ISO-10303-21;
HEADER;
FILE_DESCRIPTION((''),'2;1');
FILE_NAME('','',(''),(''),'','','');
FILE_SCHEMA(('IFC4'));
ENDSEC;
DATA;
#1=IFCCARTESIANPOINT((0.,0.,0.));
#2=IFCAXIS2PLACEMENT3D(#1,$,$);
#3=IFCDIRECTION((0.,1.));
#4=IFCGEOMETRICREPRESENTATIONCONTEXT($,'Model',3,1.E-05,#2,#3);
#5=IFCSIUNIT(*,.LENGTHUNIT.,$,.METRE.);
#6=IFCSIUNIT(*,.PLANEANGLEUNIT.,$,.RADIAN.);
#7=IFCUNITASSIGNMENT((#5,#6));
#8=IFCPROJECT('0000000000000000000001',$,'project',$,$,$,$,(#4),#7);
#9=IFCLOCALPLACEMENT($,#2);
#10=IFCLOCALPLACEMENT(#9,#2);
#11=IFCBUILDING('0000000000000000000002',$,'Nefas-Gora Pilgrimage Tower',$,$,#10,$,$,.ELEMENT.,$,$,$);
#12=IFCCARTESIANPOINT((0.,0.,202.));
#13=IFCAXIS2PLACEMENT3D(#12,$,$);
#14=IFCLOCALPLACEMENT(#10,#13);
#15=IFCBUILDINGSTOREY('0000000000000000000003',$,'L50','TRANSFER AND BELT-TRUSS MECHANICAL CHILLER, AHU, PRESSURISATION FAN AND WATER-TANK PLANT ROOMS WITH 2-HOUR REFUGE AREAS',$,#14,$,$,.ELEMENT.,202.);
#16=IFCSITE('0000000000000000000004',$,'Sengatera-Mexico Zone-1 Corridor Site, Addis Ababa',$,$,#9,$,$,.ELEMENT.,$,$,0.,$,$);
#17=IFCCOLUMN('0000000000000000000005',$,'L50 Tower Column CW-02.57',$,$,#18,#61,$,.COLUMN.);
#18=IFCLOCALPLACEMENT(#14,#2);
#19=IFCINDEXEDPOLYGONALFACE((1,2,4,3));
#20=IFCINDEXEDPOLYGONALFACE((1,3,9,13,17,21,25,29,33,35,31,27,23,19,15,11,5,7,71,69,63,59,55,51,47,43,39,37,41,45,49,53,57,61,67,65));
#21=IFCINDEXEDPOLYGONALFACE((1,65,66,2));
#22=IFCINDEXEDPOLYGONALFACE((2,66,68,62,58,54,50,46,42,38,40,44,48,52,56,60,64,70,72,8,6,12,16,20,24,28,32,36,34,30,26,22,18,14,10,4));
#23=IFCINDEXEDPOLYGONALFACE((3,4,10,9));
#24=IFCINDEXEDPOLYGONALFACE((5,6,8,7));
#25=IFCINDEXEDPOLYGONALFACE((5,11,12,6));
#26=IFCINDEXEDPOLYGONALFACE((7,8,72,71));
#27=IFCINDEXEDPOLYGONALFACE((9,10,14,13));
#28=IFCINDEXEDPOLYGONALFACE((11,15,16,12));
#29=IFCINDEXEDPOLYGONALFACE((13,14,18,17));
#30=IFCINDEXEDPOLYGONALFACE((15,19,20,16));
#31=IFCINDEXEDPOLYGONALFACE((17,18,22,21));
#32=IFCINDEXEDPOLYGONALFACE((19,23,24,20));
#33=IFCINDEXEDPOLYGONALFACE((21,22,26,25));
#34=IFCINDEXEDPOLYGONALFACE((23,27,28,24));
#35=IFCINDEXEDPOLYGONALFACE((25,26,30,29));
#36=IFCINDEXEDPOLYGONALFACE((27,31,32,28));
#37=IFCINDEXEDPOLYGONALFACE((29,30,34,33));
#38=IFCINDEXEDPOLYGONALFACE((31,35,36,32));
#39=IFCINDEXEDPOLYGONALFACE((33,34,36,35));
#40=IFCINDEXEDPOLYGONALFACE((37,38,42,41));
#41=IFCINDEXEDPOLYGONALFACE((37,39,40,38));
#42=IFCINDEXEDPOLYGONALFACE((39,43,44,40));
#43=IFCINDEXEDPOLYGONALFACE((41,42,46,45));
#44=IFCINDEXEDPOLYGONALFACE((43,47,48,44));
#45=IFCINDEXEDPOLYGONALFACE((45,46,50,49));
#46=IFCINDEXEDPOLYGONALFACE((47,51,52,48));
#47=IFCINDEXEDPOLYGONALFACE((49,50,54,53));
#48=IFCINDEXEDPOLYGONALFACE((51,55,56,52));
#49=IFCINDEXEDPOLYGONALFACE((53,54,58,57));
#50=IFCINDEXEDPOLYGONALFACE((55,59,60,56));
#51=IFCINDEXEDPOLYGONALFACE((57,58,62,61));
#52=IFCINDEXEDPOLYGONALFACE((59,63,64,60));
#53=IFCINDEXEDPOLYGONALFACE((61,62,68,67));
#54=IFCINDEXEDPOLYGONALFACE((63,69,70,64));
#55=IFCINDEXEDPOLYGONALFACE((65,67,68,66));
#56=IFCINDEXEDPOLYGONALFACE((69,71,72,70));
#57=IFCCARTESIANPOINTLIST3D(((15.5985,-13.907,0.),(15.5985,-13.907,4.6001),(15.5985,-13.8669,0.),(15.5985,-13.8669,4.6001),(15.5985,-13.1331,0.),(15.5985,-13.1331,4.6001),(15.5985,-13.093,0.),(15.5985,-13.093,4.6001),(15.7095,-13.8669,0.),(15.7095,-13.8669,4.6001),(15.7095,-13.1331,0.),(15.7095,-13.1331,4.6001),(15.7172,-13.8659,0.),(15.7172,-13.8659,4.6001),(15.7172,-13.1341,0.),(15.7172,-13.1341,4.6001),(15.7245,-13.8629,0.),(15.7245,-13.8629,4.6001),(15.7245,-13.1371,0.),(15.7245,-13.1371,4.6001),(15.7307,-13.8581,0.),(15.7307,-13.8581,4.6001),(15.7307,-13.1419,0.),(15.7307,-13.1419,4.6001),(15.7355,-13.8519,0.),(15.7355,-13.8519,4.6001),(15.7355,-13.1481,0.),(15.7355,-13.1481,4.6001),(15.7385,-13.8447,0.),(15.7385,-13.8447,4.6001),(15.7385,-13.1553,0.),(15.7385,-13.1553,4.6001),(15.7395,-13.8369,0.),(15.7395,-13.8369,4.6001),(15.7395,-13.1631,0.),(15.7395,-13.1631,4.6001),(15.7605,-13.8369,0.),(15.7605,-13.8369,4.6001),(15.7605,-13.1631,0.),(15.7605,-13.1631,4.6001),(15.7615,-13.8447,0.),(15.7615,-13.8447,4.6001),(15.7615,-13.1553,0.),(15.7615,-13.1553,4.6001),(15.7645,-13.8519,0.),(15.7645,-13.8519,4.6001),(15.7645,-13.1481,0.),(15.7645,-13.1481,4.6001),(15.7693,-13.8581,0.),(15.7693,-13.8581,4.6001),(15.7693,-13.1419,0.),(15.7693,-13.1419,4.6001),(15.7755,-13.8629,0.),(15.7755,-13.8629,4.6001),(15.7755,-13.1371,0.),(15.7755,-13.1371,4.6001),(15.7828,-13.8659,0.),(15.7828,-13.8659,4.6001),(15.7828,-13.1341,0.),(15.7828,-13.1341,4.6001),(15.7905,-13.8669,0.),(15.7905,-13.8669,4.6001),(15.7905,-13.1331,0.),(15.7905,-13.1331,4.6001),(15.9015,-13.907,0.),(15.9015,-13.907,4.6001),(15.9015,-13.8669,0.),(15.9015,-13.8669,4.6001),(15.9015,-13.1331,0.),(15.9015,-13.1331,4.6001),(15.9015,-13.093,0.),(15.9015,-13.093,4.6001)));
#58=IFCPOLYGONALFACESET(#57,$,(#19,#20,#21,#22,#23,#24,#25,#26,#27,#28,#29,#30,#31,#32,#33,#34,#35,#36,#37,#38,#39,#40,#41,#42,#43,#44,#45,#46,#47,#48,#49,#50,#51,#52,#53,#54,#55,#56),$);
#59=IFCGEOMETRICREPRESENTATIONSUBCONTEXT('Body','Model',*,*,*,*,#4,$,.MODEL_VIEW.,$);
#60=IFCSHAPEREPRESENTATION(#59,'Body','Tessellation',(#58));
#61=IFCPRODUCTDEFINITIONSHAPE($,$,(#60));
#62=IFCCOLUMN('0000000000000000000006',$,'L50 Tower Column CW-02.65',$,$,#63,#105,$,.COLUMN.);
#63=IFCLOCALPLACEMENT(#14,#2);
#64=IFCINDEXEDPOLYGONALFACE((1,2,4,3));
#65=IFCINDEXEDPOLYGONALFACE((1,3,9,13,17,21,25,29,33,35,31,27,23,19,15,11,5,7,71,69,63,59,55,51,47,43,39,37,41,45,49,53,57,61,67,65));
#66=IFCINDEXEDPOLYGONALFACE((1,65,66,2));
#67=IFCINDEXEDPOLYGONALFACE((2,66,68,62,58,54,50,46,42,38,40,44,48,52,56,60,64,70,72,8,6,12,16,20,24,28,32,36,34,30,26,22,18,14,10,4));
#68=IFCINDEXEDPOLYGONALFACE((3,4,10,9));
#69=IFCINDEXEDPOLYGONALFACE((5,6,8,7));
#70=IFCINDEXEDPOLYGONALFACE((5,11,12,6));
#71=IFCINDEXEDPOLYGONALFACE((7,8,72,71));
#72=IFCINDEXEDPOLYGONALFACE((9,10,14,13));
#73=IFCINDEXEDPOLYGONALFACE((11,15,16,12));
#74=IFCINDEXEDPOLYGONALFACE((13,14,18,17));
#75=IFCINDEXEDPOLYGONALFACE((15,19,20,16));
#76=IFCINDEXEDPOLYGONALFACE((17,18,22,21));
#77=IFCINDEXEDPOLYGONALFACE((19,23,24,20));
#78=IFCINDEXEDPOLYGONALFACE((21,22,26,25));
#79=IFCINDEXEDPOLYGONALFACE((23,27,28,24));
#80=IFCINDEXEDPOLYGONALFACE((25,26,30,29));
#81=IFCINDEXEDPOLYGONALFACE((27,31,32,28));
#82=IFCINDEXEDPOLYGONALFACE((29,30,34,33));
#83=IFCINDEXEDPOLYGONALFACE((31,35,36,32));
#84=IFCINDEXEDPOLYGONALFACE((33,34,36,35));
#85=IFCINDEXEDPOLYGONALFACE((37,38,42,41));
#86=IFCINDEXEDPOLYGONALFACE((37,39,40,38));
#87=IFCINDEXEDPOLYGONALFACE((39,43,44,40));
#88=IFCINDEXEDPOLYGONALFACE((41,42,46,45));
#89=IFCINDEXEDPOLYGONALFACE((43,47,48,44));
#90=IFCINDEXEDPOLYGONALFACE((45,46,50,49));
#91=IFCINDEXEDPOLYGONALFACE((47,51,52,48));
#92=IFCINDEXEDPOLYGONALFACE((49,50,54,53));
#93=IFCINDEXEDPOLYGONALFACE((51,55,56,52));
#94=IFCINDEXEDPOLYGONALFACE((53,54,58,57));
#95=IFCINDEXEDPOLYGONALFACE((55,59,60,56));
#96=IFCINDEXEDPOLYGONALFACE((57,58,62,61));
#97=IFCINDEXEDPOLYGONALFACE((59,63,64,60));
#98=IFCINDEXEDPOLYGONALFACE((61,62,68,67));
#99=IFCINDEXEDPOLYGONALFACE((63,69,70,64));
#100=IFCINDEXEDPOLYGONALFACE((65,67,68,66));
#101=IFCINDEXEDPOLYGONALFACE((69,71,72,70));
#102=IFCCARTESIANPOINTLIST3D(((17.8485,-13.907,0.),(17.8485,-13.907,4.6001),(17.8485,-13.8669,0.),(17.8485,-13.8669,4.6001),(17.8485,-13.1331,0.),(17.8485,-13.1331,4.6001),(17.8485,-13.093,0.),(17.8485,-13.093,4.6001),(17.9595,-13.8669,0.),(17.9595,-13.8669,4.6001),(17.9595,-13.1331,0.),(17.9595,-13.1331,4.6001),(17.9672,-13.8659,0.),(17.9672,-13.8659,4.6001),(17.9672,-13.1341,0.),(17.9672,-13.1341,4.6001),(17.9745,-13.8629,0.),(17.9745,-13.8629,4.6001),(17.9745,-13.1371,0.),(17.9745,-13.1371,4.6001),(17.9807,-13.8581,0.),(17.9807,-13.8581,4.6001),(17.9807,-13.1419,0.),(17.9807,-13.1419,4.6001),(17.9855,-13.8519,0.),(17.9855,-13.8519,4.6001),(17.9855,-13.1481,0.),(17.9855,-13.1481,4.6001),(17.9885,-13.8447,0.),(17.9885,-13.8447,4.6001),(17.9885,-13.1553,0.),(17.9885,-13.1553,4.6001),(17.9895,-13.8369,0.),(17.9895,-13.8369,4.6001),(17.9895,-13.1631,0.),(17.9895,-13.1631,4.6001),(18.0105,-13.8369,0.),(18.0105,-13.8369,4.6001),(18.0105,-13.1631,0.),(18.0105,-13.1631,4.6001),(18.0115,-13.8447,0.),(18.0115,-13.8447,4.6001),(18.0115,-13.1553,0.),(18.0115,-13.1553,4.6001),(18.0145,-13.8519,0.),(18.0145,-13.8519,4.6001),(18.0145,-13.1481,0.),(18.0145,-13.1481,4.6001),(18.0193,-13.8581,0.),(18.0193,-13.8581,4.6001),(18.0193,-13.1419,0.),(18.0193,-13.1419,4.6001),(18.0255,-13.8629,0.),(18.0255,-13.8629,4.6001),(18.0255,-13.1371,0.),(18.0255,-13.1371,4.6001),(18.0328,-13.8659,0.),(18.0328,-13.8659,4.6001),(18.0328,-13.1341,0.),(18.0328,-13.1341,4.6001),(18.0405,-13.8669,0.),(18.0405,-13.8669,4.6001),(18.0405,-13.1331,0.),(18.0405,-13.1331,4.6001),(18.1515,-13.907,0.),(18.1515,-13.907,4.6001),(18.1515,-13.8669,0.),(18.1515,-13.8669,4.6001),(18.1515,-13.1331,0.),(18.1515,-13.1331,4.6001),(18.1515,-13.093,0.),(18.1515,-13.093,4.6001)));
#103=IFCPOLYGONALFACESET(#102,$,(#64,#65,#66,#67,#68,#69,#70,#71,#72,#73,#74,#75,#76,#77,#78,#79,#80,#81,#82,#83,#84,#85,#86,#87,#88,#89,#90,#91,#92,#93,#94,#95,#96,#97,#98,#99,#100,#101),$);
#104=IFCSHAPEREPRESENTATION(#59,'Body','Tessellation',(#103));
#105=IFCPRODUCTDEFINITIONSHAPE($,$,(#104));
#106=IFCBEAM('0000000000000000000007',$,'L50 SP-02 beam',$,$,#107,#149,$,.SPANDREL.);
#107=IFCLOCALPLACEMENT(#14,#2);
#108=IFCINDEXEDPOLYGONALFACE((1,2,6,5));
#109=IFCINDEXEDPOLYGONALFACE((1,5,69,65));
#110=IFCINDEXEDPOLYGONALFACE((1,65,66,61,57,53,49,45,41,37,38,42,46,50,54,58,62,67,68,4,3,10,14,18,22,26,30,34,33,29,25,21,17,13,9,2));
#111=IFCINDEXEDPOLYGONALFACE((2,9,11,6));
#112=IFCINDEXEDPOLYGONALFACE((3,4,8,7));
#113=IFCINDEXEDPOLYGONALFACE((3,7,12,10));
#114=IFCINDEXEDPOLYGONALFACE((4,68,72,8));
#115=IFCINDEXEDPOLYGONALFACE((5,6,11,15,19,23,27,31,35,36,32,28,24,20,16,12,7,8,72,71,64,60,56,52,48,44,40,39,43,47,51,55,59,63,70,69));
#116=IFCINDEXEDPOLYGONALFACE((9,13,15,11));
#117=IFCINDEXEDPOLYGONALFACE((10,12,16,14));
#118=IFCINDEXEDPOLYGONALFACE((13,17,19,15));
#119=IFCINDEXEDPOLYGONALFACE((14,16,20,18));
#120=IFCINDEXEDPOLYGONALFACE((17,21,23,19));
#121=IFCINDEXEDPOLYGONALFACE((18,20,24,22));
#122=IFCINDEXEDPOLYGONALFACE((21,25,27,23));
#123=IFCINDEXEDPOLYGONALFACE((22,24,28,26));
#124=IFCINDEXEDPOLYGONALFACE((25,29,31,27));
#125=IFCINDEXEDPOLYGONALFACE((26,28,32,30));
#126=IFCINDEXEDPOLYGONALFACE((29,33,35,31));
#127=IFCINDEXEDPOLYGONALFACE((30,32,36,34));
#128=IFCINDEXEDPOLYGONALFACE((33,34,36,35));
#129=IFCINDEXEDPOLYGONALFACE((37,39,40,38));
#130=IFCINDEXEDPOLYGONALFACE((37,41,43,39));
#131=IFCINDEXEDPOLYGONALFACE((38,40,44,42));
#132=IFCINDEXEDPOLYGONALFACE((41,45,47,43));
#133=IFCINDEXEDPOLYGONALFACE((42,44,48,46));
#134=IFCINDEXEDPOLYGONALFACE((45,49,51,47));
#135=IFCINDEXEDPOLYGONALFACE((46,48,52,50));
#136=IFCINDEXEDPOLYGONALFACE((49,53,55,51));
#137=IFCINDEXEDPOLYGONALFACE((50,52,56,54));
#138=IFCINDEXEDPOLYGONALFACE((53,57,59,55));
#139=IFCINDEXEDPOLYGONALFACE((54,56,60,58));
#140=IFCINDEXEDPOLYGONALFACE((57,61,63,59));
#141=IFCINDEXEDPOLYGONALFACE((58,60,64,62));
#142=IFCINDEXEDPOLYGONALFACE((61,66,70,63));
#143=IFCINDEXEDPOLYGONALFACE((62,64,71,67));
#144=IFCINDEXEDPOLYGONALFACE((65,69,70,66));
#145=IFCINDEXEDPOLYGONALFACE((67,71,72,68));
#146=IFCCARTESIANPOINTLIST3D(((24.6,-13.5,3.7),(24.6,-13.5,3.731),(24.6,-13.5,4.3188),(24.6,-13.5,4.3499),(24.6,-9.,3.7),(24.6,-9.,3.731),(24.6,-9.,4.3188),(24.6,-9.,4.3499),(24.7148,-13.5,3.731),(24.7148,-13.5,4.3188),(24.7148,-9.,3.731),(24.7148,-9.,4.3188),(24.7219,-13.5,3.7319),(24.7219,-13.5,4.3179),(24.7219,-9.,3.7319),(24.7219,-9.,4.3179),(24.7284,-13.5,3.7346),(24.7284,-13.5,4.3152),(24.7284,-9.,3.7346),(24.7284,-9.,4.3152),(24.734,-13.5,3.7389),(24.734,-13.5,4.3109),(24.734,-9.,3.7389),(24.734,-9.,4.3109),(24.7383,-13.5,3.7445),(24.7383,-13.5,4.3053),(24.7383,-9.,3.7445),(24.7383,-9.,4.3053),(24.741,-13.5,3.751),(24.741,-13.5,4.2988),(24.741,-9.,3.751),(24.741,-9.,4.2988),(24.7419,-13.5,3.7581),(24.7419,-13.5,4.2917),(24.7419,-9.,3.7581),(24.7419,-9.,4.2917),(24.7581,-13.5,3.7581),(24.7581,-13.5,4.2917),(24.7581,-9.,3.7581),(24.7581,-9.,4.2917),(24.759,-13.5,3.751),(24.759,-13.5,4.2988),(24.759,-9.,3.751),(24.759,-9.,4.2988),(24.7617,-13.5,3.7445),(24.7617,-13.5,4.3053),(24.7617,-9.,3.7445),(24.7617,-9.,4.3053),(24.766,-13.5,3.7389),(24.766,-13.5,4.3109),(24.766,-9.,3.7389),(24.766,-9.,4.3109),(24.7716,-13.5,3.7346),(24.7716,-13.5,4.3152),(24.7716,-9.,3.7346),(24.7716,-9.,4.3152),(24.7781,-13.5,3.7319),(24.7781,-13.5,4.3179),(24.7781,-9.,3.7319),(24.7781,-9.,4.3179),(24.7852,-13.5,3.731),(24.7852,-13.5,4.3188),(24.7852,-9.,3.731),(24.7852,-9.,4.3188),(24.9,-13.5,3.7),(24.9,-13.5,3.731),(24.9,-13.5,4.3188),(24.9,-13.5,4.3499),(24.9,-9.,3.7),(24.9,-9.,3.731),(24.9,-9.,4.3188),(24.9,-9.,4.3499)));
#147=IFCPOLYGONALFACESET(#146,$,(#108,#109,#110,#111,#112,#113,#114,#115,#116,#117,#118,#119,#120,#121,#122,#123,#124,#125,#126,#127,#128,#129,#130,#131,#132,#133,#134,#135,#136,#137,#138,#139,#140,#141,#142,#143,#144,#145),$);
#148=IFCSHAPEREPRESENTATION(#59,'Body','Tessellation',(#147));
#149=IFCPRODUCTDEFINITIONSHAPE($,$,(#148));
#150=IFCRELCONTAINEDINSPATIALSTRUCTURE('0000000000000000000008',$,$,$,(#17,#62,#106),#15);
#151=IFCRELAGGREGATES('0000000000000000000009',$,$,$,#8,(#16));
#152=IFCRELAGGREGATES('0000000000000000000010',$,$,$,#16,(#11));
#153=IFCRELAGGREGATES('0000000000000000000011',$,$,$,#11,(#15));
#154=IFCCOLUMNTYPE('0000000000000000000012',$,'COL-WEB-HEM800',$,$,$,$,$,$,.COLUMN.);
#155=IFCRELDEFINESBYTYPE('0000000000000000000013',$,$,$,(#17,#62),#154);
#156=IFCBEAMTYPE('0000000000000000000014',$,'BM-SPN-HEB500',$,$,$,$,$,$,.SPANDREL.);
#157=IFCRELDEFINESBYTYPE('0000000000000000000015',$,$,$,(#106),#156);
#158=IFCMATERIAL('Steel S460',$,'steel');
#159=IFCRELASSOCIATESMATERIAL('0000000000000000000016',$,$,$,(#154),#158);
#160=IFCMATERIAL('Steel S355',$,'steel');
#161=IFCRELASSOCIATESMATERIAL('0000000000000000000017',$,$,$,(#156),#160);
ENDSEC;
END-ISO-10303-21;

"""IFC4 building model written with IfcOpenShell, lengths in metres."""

from ifc_helpers import new_model, si_unit, direction, frame, origin, origin_2d, place, context, subcontext, project, spatial, i_section, extrude, source, transform, mapped, material, material_profile, profile_set, type_object, element, save


model = new_model("IFC4")

# Units and contexts
model_context = context("Model", 3, precision=1e-05, world=origin(), true_north=direction((0.0, 1.0)))
body_context = subcontext(model_context, "Body", "Model", "MODEL_VIEW")
ifc_project = project(units=[si_unit("LENGTHUNIT", "METRE"), si_unit("PLANEANGLEUNIT", "RADIAN")], contexts=[model_context])

# Site, building, storey
site_placement = place(None, origin())
site = spatial("IfcSite", under=ifc_project, at=site_placement, Name="Sengatera-Mexico Zone-1 Corridor Site, Addis Ababa", CompositionType="ELEMENT", RefElevation=0.0)
building_placement = place(site_placement, origin())
building = spatial("IfcBuilding", under=site, at=building_placement, Name="Nefas-Gora Pilgrimage Tower", CompositionType="ELEMENT")
storey_placement = place(building_placement, frame((0.0, 0.0, 202.0)))
storey = spatial("IfcBuildingStorey", under=building, at=storey_placement, Name="L50", Description="TRANSFER AND BELT-TRUSS MECHANICAL CHILLER, AHU, PRESSURISATION FAN AND WATER-TANK PLANT ROOMS WITH 2-HOUR REFUGE AREAS", CompositionType="ELEMENT", Elevation=202.0)

# Columns
ifc_material_1 = material(Name="Steel S460", Category="steel")
ifc_material_profile_1 = material_profile(ifc_material_1, i_section(OverallWidth=0.303, OverallDepth=0.814, WebThickness=0.021, FlangeThickness=0.04, FilletRadius=0.03, at=origin_2d()), Name="HEM 800")
ifc_profile_set_1 = profile_set([ifc_material_profile_1], Name="Steel S460")
column_type_1 = type_object("IfcColumnType", Name="COL-WEB-HEM800", PredefinedType="COLUMN", material=ifc_profile_set_1)
shared_shape_1 = source(origin(), body_context, "Body", "SweptSolid", [
    extrude(i_section(OverallWidth=0.303, OverallDepth=0.814, WebThickness=0.021, FlangeThickness=0.04, FilletRadius=0.03, at=origin_2d()), origin(), (0.0, 0.0, 1.0), 4.6001),
])
for number, where, z_axis, x_axis, name in (
    (1, (15.75, -13.5, 0.0), (0.0, 0.0, 1.0), (1.0, 0.0, 0.0), "L50 Tower Column CW-02.57"),
    (2, (18.0, -13.5, 0.0), (0.0, 0.0, 1.0), (1.0, 0.0, 0.0), "L50 Tower Column CW-02.65"),
):
    element("IfcColumn", number, at=place(storey_placement, frame(where, z_axis=z_axis, x_axis=x_axis)), inside=storey, type_object=column_type_1, Name=name, PredefinedType="COLUMN", context=body_context, shape_type="MappedRepresentation", body=[
        mapped(shared_shape_1, transform((0.0, 0.0, 0.0), x_axis=(1.0, 0.0, 0.0), y_axis=(0.0, 1.0, 0.0), z_axis=(0.0, 0.0, 1.0), scale=1.0)),
    ])

# Beam
ifc_material_2 = material(Name="Steel S355", Category="steel")
ifc_material_profile_2 = material_profile(ifc_material_2, i_section(OverallWidth=0.3, OverallDepth=0.6499, WebThickness=0.0161, FlangeThickness=0.031, FilletRadius=0.0271, at=origin_2d()), Name="HEB 650")
ifc_profile_set_2 = profile_set([ifc_material_profile_2], Name="Steel S355")
beam_type_1 = type_object("IfcBeamType", Name="BM-SPN-HEB500", PredefinedType="SPANDREL", material=ifc_profile_set_2)
shared_shape_2 = source(origin(), body_context, "Body", "SweptSolid", [
    extrude(i_section(OverallWidth=0.3, OverallDepth=0.6499, WebThickness=0.0161, FlangeThickness=0.031, FilletRadius=0.0271, at=origin_2d()), origin(), (0.0, 0.0, 1.0), 4.5),
])
beam_1_placement = place(storey_placement, frame((24.75, -13.5, 4.0249), z_axis=(0.0, 1.0, 0.0), x_axis=(-1.0, 0.0, 0.0)))
element("IfcBeam", 3, at=beam_1_placement, inside=storey, type_object=beam_type_1, Name="L50 SP-02 beam", PredefinedType="SPANDREL", context=body_context, shape_type="MappedRepresentation", body=[
    mapped(shared_shape_2, transform((0.0, 0.0, 0.0), x_axis=(1.0, 0.0, 0.0), y_axis=(0.0, 1.0, 0.0), z_axis=(0.0, 0.0, 1.0), scale=1.0)),
])

save(model, "model.ifc")
